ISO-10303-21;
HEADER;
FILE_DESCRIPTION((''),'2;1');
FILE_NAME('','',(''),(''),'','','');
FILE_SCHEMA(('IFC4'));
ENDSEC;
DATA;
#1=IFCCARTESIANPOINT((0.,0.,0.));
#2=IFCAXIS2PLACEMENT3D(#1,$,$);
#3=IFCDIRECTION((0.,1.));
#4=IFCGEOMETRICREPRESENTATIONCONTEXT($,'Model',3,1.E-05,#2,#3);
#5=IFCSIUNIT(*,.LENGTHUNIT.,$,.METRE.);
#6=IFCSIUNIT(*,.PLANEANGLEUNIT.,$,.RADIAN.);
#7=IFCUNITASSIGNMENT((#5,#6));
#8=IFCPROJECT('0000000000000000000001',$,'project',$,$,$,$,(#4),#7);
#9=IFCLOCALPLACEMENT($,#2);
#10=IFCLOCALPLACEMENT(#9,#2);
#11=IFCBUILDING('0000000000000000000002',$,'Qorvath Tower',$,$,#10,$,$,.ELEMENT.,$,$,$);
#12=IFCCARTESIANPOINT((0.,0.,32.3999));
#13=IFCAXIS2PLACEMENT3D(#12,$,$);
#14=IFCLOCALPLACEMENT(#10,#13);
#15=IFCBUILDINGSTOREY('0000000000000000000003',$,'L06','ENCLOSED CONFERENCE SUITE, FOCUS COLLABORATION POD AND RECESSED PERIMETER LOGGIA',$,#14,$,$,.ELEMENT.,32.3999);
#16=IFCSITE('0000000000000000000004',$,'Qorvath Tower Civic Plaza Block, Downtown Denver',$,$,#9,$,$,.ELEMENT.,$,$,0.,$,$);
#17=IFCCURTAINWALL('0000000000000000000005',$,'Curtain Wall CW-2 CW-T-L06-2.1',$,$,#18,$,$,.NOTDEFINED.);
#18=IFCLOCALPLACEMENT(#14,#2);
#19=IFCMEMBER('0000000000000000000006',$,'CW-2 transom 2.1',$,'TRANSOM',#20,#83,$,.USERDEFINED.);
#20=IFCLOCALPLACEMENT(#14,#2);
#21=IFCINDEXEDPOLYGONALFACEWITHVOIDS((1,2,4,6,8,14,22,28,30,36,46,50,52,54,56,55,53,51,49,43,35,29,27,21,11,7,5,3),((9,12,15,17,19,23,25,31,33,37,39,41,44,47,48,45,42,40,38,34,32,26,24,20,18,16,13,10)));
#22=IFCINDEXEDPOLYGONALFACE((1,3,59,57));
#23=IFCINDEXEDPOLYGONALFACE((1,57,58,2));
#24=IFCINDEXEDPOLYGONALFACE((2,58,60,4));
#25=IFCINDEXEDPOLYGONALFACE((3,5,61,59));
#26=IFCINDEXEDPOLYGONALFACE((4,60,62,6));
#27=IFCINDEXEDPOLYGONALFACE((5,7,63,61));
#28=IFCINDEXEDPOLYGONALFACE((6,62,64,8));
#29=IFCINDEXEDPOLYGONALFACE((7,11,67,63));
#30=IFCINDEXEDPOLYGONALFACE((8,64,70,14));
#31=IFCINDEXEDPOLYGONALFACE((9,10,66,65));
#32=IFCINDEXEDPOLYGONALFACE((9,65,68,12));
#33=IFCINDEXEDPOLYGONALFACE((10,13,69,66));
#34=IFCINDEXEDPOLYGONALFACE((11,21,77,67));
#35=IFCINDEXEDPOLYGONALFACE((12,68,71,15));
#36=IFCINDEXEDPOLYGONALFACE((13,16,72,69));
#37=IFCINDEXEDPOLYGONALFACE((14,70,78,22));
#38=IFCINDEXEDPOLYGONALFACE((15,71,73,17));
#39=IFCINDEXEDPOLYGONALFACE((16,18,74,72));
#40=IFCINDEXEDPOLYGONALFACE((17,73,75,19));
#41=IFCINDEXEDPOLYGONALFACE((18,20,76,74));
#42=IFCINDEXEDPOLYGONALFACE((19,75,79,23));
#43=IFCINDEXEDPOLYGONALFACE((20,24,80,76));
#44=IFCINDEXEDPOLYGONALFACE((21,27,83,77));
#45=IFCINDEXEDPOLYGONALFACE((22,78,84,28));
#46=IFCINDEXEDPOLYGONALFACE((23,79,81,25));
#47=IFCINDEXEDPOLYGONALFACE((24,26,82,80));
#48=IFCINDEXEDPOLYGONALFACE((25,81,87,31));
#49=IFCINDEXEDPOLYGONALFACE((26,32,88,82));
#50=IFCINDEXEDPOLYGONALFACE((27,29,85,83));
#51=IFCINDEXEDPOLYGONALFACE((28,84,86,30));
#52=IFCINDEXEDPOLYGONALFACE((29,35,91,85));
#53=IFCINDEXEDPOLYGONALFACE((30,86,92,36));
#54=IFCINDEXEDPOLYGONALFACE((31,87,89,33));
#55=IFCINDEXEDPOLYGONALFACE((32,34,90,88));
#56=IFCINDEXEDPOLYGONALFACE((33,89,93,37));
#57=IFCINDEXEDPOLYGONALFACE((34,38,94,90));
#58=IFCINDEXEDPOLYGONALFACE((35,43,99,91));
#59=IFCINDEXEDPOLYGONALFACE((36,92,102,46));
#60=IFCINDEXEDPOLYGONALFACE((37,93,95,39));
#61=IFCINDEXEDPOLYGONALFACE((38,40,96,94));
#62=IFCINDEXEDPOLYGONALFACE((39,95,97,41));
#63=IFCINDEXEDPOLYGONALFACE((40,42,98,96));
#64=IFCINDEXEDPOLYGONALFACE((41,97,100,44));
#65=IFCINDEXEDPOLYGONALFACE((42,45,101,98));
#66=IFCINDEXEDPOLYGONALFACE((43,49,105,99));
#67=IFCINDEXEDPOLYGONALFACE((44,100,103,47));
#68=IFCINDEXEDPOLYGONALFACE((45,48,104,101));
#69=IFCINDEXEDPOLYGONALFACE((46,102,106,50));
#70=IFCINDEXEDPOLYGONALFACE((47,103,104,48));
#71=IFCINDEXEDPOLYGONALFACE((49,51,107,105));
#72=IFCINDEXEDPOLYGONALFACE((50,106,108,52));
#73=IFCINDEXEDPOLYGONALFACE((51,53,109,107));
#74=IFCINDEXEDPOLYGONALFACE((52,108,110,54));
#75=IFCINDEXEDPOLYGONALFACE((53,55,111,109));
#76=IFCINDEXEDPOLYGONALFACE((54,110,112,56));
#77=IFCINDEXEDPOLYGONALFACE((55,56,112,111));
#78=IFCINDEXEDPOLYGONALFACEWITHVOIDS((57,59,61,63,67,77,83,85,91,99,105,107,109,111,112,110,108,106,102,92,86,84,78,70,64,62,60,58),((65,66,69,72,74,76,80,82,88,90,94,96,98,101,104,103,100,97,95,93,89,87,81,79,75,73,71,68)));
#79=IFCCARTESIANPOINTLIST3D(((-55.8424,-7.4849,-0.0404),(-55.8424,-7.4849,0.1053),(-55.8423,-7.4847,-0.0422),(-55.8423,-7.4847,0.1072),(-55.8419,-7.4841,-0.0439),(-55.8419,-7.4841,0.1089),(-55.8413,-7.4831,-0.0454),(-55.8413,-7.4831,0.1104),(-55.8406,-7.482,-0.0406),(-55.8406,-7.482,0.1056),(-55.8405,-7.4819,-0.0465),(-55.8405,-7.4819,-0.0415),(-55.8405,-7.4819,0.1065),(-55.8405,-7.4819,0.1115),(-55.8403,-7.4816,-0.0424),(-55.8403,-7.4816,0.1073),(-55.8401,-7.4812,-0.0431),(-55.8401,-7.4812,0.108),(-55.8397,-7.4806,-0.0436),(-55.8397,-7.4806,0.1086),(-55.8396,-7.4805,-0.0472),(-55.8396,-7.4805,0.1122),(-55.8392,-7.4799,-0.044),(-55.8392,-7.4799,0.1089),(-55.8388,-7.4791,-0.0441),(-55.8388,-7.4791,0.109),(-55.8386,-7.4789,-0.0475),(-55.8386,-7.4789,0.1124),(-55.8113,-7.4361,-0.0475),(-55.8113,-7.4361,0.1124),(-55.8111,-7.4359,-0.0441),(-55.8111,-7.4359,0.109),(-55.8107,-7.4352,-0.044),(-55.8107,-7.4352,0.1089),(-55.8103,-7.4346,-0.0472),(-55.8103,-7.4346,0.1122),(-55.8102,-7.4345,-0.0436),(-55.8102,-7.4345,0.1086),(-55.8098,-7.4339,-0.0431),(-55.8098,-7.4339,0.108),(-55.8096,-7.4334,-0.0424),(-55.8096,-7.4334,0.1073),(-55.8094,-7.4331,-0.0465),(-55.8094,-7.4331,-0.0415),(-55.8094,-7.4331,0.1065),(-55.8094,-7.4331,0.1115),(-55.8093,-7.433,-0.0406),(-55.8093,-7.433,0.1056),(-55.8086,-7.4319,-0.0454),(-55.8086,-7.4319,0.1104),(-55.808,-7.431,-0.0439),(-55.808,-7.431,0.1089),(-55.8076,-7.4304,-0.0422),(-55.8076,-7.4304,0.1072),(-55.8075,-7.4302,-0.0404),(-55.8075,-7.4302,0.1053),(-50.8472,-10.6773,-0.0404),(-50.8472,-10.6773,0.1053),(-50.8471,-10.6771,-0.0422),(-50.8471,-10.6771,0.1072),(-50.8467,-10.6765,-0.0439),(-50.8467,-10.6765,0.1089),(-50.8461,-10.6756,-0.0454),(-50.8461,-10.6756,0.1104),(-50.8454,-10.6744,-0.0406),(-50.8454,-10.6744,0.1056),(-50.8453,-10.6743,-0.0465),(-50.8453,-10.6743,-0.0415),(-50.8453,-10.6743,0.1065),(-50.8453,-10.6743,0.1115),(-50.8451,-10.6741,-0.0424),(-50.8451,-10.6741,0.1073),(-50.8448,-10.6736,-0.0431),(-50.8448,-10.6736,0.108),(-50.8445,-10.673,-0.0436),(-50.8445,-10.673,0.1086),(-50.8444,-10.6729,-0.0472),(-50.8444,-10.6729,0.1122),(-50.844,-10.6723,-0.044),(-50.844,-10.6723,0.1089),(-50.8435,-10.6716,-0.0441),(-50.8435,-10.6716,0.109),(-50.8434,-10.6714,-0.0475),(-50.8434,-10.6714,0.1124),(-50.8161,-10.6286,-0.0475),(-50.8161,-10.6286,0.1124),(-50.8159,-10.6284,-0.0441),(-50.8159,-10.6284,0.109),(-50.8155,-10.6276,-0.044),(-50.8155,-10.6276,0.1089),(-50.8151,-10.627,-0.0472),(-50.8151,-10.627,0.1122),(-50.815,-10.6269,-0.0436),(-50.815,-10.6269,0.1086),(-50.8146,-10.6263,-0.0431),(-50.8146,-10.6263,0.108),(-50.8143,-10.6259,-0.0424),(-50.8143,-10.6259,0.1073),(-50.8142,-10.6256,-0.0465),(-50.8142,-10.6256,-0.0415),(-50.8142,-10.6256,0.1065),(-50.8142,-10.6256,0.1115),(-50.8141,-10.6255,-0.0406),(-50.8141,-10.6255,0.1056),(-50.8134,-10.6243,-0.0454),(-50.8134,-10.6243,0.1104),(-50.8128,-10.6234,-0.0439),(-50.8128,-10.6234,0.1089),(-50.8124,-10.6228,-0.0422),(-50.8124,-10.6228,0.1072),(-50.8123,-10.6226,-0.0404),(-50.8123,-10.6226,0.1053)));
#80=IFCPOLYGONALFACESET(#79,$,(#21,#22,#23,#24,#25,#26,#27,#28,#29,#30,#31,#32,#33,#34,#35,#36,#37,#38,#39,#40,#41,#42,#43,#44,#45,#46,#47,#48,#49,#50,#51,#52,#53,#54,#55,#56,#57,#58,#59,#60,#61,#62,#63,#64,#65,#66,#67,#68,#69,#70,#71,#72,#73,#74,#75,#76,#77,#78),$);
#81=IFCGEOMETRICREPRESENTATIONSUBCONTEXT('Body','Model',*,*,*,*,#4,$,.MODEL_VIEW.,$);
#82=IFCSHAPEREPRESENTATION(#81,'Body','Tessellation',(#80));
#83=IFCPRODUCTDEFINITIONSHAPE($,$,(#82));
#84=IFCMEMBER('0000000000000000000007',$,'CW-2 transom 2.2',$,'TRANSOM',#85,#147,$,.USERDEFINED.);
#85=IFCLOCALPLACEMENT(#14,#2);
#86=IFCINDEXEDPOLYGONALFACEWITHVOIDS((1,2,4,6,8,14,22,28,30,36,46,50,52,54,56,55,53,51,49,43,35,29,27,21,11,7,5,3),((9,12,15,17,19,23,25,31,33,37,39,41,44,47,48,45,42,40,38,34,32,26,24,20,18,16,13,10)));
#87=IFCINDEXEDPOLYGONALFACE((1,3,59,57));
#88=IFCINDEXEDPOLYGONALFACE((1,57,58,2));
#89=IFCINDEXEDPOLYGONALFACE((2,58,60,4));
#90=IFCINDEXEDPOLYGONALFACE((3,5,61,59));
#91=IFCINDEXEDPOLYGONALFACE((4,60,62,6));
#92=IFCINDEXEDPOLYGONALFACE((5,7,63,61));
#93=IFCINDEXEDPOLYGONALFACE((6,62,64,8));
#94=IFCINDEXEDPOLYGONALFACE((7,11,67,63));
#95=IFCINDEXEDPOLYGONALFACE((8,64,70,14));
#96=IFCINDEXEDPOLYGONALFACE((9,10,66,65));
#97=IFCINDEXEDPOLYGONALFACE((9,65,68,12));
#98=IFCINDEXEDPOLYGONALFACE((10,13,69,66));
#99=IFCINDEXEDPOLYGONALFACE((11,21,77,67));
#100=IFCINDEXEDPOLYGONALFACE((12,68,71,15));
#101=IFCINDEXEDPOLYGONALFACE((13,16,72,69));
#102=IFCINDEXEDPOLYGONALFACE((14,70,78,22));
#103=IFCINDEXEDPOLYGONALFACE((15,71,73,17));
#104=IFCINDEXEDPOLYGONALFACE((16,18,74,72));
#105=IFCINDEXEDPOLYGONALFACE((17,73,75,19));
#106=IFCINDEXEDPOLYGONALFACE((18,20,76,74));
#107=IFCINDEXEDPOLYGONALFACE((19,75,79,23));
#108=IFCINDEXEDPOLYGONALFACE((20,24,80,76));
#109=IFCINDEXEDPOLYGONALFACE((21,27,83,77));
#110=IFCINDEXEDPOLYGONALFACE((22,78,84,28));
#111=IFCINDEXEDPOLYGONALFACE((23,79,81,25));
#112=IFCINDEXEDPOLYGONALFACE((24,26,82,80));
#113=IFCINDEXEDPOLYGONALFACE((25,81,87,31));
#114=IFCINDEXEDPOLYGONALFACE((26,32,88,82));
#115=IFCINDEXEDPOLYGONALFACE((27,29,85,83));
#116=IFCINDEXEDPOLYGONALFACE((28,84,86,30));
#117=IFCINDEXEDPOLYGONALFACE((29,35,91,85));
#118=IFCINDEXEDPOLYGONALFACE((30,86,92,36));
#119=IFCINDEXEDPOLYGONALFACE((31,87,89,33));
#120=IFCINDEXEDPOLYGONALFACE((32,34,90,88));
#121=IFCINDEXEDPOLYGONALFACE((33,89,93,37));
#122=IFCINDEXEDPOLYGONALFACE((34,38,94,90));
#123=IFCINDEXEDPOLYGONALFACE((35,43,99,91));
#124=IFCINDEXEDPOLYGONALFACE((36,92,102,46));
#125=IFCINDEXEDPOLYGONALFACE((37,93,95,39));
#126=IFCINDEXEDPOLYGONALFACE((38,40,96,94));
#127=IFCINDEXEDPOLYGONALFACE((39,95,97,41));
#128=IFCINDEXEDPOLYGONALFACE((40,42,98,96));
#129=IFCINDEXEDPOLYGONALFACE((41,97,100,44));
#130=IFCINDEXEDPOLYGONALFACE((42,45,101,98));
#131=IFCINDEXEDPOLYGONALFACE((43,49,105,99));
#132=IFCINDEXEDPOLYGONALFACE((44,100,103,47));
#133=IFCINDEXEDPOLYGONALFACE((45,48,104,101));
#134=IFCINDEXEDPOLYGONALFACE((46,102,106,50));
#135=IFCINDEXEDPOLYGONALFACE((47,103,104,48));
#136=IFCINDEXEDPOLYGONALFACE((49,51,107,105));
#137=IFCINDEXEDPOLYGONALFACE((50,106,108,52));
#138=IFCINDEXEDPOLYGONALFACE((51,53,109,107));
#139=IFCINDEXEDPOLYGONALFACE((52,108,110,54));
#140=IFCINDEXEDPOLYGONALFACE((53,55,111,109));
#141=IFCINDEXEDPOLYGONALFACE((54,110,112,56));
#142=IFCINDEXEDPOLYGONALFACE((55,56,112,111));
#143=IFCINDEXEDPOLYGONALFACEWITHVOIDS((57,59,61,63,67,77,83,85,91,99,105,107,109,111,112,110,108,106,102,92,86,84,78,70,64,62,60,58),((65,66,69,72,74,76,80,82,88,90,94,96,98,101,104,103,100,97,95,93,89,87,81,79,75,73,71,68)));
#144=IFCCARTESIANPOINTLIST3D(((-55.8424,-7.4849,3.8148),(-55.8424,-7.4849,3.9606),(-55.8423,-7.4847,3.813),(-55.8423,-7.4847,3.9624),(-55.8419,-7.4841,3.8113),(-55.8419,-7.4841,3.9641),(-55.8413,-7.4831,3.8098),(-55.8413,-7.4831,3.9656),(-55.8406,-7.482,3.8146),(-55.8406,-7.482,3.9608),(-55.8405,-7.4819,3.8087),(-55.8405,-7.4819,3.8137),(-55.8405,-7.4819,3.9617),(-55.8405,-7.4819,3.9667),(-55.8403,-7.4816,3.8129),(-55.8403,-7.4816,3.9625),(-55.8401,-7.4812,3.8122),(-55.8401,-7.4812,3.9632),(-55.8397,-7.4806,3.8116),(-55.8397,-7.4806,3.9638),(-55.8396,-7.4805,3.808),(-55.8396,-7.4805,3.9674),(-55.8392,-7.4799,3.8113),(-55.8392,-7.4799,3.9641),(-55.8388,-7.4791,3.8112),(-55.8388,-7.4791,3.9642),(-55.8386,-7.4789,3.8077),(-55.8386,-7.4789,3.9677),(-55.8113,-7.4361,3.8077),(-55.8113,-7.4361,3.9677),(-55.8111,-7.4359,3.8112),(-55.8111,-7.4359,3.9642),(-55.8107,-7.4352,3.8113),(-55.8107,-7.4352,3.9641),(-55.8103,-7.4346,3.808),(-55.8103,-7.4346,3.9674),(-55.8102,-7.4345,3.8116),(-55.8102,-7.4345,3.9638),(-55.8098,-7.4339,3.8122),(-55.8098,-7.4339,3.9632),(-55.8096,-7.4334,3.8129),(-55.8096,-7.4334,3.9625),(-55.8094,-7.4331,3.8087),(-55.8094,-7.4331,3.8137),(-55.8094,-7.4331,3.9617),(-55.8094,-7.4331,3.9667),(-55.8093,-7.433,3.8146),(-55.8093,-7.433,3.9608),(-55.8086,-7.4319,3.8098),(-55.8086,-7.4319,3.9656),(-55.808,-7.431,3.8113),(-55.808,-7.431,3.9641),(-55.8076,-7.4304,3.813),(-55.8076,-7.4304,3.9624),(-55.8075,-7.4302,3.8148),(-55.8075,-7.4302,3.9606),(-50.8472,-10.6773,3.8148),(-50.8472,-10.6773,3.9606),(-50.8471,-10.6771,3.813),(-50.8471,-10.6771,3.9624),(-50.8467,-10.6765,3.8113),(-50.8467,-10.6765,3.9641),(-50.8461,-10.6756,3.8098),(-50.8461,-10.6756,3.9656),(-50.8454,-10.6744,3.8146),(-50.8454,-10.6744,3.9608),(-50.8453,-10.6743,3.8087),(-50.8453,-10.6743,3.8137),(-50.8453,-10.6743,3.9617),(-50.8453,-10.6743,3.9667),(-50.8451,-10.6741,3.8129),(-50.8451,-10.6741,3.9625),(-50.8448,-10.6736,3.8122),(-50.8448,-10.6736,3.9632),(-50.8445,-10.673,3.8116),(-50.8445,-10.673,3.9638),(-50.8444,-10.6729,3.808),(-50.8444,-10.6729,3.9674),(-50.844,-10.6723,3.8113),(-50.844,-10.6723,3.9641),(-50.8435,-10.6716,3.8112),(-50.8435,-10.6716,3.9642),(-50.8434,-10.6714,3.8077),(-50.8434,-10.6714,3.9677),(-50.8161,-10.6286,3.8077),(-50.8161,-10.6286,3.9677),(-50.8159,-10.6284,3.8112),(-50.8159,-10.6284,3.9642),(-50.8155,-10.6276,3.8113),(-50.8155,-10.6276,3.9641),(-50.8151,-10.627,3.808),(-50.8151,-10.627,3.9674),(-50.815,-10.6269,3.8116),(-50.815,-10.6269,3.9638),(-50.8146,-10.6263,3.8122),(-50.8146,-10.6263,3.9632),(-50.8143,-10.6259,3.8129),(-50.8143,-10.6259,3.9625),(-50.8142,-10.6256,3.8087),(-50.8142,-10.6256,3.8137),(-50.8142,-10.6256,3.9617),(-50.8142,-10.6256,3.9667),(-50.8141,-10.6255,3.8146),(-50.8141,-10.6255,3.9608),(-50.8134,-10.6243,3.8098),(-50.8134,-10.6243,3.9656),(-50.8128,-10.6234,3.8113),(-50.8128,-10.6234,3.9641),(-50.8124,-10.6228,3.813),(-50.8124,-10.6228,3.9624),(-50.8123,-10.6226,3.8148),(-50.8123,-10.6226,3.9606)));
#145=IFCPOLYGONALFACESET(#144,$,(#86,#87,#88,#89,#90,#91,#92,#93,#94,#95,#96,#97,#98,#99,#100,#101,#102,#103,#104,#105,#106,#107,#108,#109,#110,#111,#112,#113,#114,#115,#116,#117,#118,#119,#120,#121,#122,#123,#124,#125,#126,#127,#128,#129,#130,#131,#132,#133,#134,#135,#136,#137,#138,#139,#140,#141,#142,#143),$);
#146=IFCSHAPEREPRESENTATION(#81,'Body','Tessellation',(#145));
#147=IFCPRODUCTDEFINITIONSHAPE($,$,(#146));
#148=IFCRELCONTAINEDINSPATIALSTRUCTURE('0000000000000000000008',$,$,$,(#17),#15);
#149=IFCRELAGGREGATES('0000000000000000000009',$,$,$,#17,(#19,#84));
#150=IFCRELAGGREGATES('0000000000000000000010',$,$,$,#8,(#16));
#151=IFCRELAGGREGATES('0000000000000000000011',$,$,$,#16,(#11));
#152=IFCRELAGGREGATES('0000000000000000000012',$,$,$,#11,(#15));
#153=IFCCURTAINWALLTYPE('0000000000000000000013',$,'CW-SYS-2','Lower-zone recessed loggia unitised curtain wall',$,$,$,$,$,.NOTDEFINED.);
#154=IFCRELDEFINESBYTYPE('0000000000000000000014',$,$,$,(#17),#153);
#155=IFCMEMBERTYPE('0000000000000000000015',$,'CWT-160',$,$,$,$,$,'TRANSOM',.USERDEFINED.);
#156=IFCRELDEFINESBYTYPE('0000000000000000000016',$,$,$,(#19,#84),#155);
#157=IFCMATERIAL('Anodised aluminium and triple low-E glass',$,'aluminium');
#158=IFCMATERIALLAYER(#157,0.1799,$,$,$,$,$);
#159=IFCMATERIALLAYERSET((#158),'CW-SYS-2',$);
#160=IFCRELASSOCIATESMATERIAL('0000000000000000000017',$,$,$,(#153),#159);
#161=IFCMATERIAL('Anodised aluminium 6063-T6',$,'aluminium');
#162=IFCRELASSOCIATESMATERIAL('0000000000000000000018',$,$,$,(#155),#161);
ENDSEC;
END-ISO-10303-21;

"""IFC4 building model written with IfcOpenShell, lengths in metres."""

from ifc_helpers import new_model, si_unit, direction, frame, origin, origin_2d, place, context, subcontext, project, spatial, hollow_rectangle, extrude, material, layer, layer_set, material_profile, profile_set, type_object, element, aggregate, save


model = new_model("IFC4")

# Units and contexts
model_context = context("Model", 3, precision=1e-05, world=origin(), true_north=direction((0.0, 1.0)))
body_context = subcontext(model_context, "Body", "Model", "MODEL_VIEW")
ifc_project = project(units=[si_unit("LENGTHUNIT", "METRE"), si_unit("PLANEANGLEUNIT", "RADIAN")], contexts=[model_context])

# Site, building, storey
site_placement = place(None, origin())
site = spatial("IfcSite", under=ifc_project, at=site_placement, Name="Qorvath Tower Civic Plaza Block, Downtown Denver", CompositionType="ELEMENT", RefElevation=0.0)
building_placement = place(site_placement, origin())
building = spatial("IfcBuilding", under=site, at=building_placement, Name="Qorvath Tower", CompositionType="ELEMENT")
storey_placement = place(building_placement, frame((0.0, 0.0, 32.3999)))
storey = spatial("IfcBuildingStorey", under=building, at=storey_placement, Name="L06", Description="ENCLOSED CONFERENCE SUITE, FOCUS COLLABORATION POD AND RECESSED PERIMETER LOGGIA", CompositionType="ELEMENT", Elevation=32.3999)

# Curtain wall, members
ifc_material_1 = material(Name="Anodised aluminium and triple low-E glass", Category="aluminium")
ifc_layer_1 = layer(ifc_material_1, 0.1799)
ifc_layer_set_1 = layer_set([ifc_layer_1], Name="CW-SYS-2")
curtain_wall_type = type_object("IfcCurtainWallType", Name="CW-SYS-2", Description="Lower-zone recessed loggia unitised curtain wall", PredefinedType="NOTDEFINED", material=ifc_layer_set_1)
curtain_wall_placement = place(storey_placement, origin())
curtain_wall = element("IfcCurtainWall", 1, at=curtain_wall_placement, inside=storey, type_object=curtain_wall_type, Name="Curtain Wall CW-2 CW-T-L06-2.1", PredefinedType="NOTDEFINED")
ifc_material_2 = material(Name="Anodised aluminium 6063-T6", Category="aluminium")
ifc_material_profile_1 = material_profile(ifc_material_2, hollow_rectangle(XDim=0.0649, YDim=0.1599, WallThickness=0.0034, InnerFilletRadius=0.0034, OuterFilletRadius=0.0071, at=origin_2d()), Name="CWT 160x65")
ifc_profile_set_1 = profile_set([ifc_material_profile_1], Name="Anodised aluminium 6063-T6")
member_type_1 = type_object("IfcMemberType", Name="CWT-160", ElementType="TRANSOM", PredefinedType="USERDEFINED", material=ifc_profile_set_1)
member_1_placement = place(storey_placement, frame((-55.825, -7.4575, 0.0325), z_axis=(0.842615, -0.538516, 0.0), x_axis=(0.538516, 0.842615, 0.0)))
member_1 = element("IfcMember", 2, at=member_1_placement, type_object=member_type_1, Name="CW-2 transom 2.1", ObjectType="TRANSOM", PredefinedType="USERDEFINED", context=body_context, shape_type="SweptSolid", body=[
    extrude(hollow_rectangle(XDim=0.0649, YDim=0.1599, WallThickness=0.0034, InnerFilletRadius=0.0034, OuterFilletRadius=0.0071, at=origin_2d()), origin(), (0.0, 0.0, 1.0), 5.9282),
])
member_2_placement = place(storey_placement, frame((-55.825, -7.4575, 3.8877), z_axis=(0.842615, -0.538516, 0.0), x_axis=(0.538516, 0.842615, 0.0)))
member_2 = element("IfcMember", 3, at=member_2_placement, type_object=member_type_1, Name="CW-2 transom 2.2", ObjectType="TRANSOM", PredefinedType="USERDEFINED", context=body_context, shape_type="SweptSolid", body=[
    extrude(hollow_rectangle(XDim=0.0649, YDim=0.1599, WallThickness=0.0034, InnerFilletRadius=0.0034, OuterFilletRadius=0.0071, at=origin_2d()), origin(), (0.0, 0.0, 1.0), 5.9282),
])
aggregate(curtain_wall, [member_1, member_2])

save(model, "model.ifc")
